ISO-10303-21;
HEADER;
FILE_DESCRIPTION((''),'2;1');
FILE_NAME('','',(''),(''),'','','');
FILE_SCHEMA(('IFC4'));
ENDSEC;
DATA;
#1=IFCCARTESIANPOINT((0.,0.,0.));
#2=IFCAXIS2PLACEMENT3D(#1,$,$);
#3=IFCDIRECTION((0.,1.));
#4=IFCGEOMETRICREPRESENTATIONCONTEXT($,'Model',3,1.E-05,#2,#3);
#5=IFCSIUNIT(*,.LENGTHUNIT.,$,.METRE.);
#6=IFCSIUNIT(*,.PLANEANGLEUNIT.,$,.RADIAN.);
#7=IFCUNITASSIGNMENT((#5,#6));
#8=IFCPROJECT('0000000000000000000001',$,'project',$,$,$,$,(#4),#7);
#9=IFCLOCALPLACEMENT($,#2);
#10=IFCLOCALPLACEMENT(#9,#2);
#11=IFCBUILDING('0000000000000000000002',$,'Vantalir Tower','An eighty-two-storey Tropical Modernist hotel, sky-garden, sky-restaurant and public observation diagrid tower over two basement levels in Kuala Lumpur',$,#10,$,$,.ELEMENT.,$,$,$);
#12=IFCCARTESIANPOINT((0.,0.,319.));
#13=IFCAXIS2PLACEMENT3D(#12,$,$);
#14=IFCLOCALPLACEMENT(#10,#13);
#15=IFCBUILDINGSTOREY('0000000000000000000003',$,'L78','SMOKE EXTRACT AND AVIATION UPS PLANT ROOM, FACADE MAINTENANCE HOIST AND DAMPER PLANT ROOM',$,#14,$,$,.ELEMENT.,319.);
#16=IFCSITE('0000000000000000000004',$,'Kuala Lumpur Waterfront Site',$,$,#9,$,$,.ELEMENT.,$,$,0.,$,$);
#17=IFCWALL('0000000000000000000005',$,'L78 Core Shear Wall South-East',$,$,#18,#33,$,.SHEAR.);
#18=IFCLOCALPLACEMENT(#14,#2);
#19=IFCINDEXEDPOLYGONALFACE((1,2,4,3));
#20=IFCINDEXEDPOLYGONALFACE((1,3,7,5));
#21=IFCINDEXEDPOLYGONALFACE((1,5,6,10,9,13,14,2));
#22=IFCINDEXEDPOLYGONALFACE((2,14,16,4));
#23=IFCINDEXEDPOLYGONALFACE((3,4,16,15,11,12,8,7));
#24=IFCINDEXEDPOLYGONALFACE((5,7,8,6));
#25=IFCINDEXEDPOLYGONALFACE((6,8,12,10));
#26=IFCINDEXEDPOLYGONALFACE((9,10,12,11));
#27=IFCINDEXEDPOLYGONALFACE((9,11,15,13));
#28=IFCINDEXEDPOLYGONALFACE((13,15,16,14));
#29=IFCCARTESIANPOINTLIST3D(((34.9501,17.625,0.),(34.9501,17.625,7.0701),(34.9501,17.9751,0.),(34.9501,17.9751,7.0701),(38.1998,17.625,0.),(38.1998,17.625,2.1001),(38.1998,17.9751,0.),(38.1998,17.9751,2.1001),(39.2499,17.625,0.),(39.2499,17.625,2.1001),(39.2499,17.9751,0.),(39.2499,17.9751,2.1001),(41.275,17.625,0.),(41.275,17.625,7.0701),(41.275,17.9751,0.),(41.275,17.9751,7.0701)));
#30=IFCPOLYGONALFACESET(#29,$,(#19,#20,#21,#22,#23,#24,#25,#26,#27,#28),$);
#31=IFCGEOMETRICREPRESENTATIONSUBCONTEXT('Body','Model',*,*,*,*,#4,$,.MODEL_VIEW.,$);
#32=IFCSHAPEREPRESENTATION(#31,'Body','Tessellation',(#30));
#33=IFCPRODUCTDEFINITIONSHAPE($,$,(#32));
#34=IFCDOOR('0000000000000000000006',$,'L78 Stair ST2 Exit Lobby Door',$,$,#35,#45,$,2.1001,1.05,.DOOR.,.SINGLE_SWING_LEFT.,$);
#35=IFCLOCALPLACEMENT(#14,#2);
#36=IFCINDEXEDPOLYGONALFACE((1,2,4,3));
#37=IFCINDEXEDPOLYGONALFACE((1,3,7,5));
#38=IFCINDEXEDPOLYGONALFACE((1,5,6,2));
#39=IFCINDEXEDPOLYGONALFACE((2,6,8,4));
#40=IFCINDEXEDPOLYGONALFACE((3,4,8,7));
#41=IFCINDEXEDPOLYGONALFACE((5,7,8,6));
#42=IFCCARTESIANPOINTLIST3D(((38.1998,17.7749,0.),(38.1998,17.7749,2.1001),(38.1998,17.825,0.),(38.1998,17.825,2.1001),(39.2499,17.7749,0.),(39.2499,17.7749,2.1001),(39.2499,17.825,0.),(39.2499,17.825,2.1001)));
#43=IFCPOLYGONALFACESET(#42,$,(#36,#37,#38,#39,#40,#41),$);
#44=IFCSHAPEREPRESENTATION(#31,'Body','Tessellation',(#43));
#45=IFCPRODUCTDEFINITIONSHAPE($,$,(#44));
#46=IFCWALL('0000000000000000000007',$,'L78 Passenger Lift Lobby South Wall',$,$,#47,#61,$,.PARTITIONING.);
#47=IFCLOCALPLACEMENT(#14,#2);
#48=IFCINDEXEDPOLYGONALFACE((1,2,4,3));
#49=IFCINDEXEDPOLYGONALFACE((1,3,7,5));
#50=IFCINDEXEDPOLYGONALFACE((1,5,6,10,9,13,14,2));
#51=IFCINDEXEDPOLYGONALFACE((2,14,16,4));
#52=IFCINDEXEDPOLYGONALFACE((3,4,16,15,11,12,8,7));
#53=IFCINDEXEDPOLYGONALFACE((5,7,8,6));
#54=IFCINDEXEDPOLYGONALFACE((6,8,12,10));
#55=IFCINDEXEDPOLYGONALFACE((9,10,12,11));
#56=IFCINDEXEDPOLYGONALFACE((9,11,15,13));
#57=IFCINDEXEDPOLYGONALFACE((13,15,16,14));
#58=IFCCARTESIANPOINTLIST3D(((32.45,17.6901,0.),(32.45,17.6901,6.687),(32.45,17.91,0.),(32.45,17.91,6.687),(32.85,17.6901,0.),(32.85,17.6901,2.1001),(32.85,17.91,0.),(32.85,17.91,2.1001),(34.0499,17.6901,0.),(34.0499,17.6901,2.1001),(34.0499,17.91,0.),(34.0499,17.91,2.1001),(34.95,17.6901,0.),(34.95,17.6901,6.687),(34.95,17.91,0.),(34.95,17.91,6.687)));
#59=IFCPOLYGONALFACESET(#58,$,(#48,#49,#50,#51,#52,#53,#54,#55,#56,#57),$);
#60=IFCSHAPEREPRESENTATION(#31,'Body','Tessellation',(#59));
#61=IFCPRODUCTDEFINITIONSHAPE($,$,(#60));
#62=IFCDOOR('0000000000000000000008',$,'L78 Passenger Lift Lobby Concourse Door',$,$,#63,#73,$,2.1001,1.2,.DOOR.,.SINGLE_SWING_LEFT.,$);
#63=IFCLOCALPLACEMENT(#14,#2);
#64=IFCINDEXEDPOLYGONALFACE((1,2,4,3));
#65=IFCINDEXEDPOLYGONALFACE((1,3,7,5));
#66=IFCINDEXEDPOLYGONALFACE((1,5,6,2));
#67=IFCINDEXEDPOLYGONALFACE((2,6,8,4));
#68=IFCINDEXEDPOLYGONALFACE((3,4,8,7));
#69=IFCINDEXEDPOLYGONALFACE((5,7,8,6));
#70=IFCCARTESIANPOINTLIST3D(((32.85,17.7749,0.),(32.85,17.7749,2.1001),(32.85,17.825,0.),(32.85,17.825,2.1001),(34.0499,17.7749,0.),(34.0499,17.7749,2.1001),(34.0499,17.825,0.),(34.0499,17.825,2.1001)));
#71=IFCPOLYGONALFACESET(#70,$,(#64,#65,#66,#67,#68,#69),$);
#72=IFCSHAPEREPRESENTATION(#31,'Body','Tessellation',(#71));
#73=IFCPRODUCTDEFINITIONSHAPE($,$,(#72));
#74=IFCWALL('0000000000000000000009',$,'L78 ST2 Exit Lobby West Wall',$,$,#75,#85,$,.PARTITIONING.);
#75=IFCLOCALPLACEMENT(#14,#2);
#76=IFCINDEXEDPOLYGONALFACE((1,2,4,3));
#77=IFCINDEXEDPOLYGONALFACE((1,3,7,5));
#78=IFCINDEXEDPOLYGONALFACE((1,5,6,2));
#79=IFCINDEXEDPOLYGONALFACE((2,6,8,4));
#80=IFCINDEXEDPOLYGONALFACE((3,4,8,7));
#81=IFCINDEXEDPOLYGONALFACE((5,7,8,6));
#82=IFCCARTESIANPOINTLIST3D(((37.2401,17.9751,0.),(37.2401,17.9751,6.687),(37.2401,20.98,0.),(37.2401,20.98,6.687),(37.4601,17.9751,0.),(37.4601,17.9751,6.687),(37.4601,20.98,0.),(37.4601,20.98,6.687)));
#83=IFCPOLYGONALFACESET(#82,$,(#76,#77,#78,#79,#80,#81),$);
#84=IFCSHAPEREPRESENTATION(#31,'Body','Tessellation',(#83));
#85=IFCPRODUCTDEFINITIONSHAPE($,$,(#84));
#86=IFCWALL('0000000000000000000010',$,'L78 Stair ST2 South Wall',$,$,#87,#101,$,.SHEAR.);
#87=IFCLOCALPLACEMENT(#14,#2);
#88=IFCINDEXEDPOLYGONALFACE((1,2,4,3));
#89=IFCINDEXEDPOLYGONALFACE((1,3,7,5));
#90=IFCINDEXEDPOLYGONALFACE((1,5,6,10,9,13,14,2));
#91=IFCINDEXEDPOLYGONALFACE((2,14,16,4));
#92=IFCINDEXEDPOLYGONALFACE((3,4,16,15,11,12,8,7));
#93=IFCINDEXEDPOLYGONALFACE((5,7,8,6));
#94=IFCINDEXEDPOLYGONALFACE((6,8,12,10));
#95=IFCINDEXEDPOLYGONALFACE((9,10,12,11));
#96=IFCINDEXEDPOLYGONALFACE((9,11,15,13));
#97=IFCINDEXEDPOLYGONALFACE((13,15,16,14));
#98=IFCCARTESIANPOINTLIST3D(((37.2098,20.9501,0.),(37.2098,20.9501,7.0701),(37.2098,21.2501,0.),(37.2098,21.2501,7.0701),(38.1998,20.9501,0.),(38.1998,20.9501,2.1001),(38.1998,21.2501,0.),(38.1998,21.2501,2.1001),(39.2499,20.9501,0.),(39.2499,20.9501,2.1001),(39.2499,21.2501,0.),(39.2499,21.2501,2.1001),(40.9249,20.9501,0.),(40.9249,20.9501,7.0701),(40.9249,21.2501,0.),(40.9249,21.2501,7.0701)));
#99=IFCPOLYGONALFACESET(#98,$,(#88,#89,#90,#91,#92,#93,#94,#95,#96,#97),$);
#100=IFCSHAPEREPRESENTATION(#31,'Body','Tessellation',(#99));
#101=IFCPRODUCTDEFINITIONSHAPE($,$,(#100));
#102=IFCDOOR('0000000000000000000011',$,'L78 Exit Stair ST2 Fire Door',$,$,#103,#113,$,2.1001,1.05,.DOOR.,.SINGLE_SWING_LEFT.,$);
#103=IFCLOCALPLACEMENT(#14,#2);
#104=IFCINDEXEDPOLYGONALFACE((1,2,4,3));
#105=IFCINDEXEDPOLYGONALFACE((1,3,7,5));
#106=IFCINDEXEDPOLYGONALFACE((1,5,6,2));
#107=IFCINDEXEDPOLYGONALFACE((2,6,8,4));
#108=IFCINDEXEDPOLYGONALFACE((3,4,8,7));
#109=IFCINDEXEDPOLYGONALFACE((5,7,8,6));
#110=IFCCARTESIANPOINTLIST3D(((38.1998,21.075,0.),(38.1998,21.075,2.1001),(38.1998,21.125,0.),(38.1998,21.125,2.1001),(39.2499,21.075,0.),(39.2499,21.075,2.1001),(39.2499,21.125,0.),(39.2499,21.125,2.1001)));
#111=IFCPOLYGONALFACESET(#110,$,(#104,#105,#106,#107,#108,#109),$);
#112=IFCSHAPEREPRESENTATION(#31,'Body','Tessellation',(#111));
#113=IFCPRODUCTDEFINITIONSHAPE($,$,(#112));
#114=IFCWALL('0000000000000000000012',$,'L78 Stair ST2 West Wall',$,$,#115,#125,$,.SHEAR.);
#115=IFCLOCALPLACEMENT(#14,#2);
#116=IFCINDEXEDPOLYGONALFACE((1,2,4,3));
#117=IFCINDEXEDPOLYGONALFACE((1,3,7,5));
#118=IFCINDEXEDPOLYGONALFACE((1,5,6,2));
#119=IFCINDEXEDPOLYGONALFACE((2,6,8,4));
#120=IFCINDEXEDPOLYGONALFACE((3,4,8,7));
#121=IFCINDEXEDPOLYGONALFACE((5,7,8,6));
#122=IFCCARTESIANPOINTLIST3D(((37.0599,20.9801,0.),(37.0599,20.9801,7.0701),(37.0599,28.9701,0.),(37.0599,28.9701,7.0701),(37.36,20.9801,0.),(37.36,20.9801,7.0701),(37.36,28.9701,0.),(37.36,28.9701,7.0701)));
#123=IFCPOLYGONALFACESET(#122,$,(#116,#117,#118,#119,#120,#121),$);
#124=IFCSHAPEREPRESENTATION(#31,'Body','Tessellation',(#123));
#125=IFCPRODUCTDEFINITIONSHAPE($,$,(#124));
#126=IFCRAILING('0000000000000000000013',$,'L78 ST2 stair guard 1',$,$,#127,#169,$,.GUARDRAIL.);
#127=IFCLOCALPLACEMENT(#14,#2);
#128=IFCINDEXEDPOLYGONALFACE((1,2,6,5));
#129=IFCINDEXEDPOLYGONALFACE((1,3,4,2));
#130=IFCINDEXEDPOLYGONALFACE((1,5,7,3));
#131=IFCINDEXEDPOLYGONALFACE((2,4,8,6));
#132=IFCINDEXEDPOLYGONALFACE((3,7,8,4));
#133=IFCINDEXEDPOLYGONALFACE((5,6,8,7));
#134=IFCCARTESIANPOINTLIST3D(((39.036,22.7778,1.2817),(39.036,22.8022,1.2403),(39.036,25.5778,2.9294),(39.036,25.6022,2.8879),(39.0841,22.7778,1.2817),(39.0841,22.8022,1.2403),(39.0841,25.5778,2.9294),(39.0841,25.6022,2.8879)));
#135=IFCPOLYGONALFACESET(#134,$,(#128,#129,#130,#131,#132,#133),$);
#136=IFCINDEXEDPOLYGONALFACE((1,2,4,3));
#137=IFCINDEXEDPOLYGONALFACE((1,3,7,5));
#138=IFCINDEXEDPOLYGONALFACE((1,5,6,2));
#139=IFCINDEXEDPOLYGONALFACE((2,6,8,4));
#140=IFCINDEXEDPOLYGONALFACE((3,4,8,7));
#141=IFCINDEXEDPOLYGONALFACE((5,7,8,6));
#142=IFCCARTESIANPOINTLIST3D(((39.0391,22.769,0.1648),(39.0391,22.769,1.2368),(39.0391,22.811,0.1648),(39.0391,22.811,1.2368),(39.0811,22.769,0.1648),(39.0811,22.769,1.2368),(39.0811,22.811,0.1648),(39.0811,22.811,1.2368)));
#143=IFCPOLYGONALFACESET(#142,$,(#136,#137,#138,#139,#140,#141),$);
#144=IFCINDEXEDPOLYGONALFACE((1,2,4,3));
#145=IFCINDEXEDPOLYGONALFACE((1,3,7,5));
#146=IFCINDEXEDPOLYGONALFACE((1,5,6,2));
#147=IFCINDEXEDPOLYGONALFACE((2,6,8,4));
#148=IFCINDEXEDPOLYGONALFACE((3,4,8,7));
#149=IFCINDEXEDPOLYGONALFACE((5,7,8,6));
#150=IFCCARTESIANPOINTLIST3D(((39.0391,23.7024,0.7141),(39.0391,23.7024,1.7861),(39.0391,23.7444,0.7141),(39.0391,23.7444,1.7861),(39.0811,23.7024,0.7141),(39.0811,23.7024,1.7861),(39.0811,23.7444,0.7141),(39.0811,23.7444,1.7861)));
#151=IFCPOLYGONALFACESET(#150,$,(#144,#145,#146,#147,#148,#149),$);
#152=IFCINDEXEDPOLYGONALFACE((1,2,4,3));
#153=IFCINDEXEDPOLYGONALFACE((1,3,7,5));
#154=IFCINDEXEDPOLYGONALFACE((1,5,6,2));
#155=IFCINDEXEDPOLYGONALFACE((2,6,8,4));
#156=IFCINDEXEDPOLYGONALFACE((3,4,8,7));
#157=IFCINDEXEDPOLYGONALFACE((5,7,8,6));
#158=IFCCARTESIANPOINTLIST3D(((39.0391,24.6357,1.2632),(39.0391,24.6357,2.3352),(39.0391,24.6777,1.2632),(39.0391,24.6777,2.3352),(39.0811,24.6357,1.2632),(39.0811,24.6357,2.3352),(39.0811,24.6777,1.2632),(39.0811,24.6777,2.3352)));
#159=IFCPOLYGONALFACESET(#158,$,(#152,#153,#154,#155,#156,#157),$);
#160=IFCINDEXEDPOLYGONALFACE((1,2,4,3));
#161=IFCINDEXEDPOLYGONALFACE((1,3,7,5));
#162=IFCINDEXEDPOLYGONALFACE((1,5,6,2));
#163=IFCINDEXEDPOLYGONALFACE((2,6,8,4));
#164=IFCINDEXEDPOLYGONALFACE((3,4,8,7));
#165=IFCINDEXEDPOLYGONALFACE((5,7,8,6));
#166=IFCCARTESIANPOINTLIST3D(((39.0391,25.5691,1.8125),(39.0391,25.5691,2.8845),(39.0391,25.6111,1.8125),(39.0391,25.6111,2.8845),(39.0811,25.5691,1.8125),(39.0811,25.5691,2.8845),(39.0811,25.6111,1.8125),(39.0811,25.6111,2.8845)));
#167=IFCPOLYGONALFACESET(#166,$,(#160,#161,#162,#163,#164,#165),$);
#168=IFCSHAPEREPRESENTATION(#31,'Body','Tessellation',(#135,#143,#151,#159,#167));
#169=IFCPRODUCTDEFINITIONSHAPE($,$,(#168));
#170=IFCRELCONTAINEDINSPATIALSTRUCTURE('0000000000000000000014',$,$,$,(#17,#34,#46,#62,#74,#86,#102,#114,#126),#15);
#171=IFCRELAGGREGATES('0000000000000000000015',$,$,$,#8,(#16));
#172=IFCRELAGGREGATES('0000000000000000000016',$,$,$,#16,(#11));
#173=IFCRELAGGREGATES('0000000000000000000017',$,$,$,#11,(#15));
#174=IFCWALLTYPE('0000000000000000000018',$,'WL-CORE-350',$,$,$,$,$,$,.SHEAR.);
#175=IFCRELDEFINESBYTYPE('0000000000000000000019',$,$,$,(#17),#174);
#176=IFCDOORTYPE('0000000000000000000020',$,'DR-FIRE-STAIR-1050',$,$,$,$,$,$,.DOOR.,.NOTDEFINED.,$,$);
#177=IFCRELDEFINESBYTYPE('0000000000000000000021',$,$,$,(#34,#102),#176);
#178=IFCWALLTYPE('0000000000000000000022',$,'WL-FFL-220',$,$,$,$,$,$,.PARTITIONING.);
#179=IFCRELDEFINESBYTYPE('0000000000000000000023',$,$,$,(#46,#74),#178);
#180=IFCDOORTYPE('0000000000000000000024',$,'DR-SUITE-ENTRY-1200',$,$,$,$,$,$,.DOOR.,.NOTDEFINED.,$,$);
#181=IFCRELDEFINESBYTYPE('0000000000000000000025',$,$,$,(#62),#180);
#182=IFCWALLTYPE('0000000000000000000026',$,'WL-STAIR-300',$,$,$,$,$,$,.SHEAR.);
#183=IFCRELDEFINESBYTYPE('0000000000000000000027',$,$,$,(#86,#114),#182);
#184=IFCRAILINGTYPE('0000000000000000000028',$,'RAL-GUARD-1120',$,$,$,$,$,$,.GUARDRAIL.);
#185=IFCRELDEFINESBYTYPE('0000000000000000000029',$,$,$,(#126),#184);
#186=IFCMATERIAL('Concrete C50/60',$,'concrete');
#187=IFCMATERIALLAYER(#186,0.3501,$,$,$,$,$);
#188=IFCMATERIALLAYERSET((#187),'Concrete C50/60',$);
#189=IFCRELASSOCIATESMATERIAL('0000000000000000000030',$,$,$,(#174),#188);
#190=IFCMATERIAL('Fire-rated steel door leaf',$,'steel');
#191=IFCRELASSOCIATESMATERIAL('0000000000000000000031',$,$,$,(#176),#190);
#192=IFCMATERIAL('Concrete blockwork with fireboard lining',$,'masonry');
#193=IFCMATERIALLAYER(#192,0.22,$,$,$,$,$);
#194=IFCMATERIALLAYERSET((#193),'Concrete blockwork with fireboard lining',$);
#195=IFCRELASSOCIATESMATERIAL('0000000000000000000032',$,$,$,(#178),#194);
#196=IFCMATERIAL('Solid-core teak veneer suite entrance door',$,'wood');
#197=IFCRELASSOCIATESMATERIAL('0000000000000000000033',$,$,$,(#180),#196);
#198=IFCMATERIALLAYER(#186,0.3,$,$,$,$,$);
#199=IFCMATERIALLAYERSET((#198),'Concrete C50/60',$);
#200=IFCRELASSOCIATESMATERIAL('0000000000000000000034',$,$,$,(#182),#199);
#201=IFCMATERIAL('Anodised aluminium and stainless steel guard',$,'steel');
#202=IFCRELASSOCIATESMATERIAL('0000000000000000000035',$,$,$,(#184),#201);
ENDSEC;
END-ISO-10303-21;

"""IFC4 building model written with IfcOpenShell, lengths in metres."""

from ifc_helpers import new_model, si_unit, direction, frame, frame_2d, origin, origin_2d, place, context, subcontext, project, spatial, rectangle, extrude, material, layer, layer_set, type_object, element, fill, save


model = new_model("IFC4")

# Units and contexts
model_context = context("Model", 3, precision=1e-05, world=origin(), true_north=direction((0.0, 1.0)))
body_context = subcontext(model_context, "Body", "Model", "MODEL_VIEW")
ifc_project = project(units=[si_unit("LENGTHUNIT", "METRE"), si_unit("PLANEANGLEUNIT", "RADIAN")], contexts=[model_context])

# Site, building, storey
site_placement = place(None, origin())
site = spatial("IfcSite", under=ifc_project, at=site_placement, Name="Kuala Lumpur Waterfront Site", CompositionType="ELEMENT", RefElevation=0.0)
building_placement = place(site_placement, origin())
building = spatial("IfcBuilding", under=site, at=building_placement, Name="Vantalir Tower", Description="An eighty-two-storey Tropical Modernist hotel, sky-garden, sky-restaurant and public observation diagrid tower over two basement levels in Kuala Lumpur", CompositionType="ELEMENT")
storey_placement = place(building_placement, frame((0.0, 0.0, 319.0)))
storey = spatial("IfcBuildingStorey", under=building, at=storey_placement, Name="L78", Description="SMOKE EXTRACT AND AVIATION UPS PLANT ROOM, FACADE MAINTENANCE HOIST AND DAMPER PLANT ROOM", CompositionType="ELEMENT", Elevation=319.0)

# Shared definitions
ifc_material_1 = material(Name="Concrete C50/60", Category="concrete")

# Walls, openings, doors
ifc_layer_1 = layer(ifc_material_1, 0.3501)
ifc_layer_set_1 = layer_set([ifc_layer_1], Name="Concrete C50/60")
wall_type_1 = type_object("IfcWallType", Name="WL-CORE-350", PredefinedType="SHEAR", material=ifc_layer_set_1)
wall_1_placement = place(storey_placement, frame((34.95, 17.8, 0.0), z_axis=(0.0, 0.0, 1.0), x_axis=(1.0, 0.0, 0.0)))
wall_1 = element("IfcWall", 1, at=wall_1_placement, inside=storey, type_object=wall_type_1, Name="L78 Core Shear Wall South-East", PredefinedType="SHEAR", context=body_context, shape_type="SweptSolid", body=[
    extrude(rectangle(XDim=6.325, YDim=0.3501, at=frame_2d((3.1626, 0.0))), origin(), (0.0, 0.0, 1.0), 7.0701),
])
opening_1_placement = place(wall_1_placement, frame((3.25, 0.0, 0.0)))
opening_1 = element("IfcOpeningElement", 2, at=opening_1_placement, cuts=wall_1, PredefinedType="OPENING", context=body_context, shape_type="SweptSolid", body=[
    extrude(rectangle(XDim=1.05, YDim=2.1001, at=frame_2d((0.5249, 1.05))), frame((0.0, 0.1851, 0.0), z_axis=(0.0, -1.0, 0.0), x_axis=(1.0, 0.0, 0.0)), (0.0, 0.0, 1.0), 0.3701),
])
ifc_material_2 = material(Name="Fire-rated steel door leaf", Category="steel")
door_type_1 = type_object("IfcDoorType", Name="DR-FIRE-STAIR-1050", OperationType="NOTDEFINED", PredefinedType="DOOR", material=ifc_material_2)
door_1_placement = place(opening_1_placement, origin())
door_1 = element("IfcDoor", 3, at=door_1_placement, inside=storey, type_object=door_type_1, Name="L78 Stair ST2 Exit Lobby Door", OperationType="SINGLE_SWING_LEFT", OverallHeight=2.1001, OverallWidth=1.05, PredefinedType="DOOR", context=body_context, shape_type="SweptSolid", body=[
    extrude(rectangle(XDim=1.05, YDim=2.1001, at=frame_2d((0.5249, 1.05))), frame((0.0, 0.0249, 0.0), z_axis=(0.0, -1.0, 0.0), x_axis=(1.0, 0.0, 0.0)), (0.0, 0.0, 1.0), 0.05),
])
fill(opening_1, door_1)
ifc_material_3 = material(Name="Concrete blockwork with fireboard lining", Category="masonry")
ifc_layer_2 = layer(ifc_material_3, 0.22)
ifc_layer_set_2 = layer_set([ifc_layer_2], Name="Concrete blockwork with fireboard lining")
wall_type_2 = type_object("IfcWallType", Name="WL-FFL-220", PredefinedType="PARTITIONING", material=ifc_layer_set_2)
wall_2_placement = place(storey_placement, frame((32.45, 17.8, 0.0), z_axis=(0.0, 0.0, 1.0), x_axis=(1.0, 0.0, 0.0)))
wall_2 = element("IfcWall", 4, at=wall_2_placement, inside=storey, type_object=wall_type_2, Name="L78 Passenger Lift Lobby South Wall", PredefinedType="PARTITIONING", context=body_context, shape_type="SweptSolid", body=[
    extrude(rectangle(XDim=2.5, YDim=0.22, at=frame_2d((1.25, 0.0))), origin(), (0.0, 0.0, 1.0), 6.687),
])
opening_2_placement = place(wall_2_placement, frame((0.3999, 0.0, 0.0)))
opening_2 = element("IfcOpeningElement", 5, at=opening_2_placement, cuts=wall_2, PredefinedType="OPENING", context=body_context, shape_type="SweptSolid", body=[
    extrude(rectangle(XDim=1.2, YDim=2.1001, at=frame_2d((0.6001, 1.05))), frame((0.0, 0.1199, 0.0), z_axis=(0.0, -1.0, 0.0), x_axis=(1.0, 0.0, 0.0)), (0.0, 0.0, 1.0), 0.24),
])
ifc_material_4 = material(Name="Solid-core teak veneer suite entrance door", Category="wood")
door_type_2 = type_object("IfcDoorType", Name="DR-SUITE-ENTRY-1200", OperationType="NOTDEFINED", PredefinedType="DOOR", material=ifc_material_4)
door_2_placement = place(opening_2_placement, origin())
door_2 = element("IfcDoor", 6, at=door_2_placement, inside=storey, type_object=door_type_2, Name="L78 Passenger Lift Lobby Concourse Door", OperationType="SINGLE_SWING_LEFT", OverallHeight=2.1001, OverallWidth=1.2, PredefinedType="DOOR", context=body_context, shape_type="SweptSolid", body=[
    extrude(rectangle(XDim=1.2, YDim=2.1001, at=frame_2d((0.6001, 1.05))), frame((0.0, 0.0249, 0.0), z_axis=(0.0, -1.0, 0.0), x_axis=(1.0, 0.0, 0.0)), (0.0, 0.0, 1.0), 0.05),
])
fill(opening_2, door_2)

# Wall
wall_3_placement = place(storey_placement, frame((37.3501, 17.9751, 0.0), z_axis=(0.0, 0.0, 1.0), x_axis=(0.0, 1.0, 0.0)))
element("IfcWall", 7, at=wall_3_placement, inside=storey, type_object=wall_type_2, Name="L78 ST2 Exit Lobby West Wall", PredefinedType="PARTITIONING", context=body_context, shape_type="SweptSolid", body=[
    extrude(rectangle(XDim=3.0049, YDim=0.22, at=frame_2d((1.5024, 0.0))), origin(), (0.0, 0.0, 1.0), 6.687),
])

# Wall, opening, door
ifc_layer_3 = layer(ifc_material_1, 0.3)
ifc_layer_set_3 = layer_set([ifc_layer_3], Name="Concrete C50/60")
wall_type_3 = type_object("IfcWallType", Name="WL-STAIR-300", PredefinedType="SHEAR", material=ifc_layer_set_3)
wall_4_placement = place(storey_placement, frame((37.21, 21.1001, 0.0), z_axis=(0.0, 0.0, 1.0), x_axis=(1.0, 0.0, 0.0)))
wall_4 = element("IfcWall", 8, at=wall_4_placement, inside=storey, type_object=wall_type_3, Name="L78 Stair ST2 South Wall", PredefinedType="SHEAR", context=body_context, shape_type="SweptSolid", body=[
    extrude(rectangle(XDim=3.7151, YDim=0.3, at=frame_2d((1.8574, 0.0))), origin(), (0.0, 0.0, 1.0), 7.0701),
])
opening_3_placement = place(wall_4_placement, frame((0.99, 0.0, 0.0)))
opening_3 = element("IfcOpeningElement", 9, at=opening_3_placement, cuts=wall_4, PredefinedType="OPENING", context=body_context, shape_type="SweptSolid", body=[
    extrude(rectangle(XDim=1.05, YDim=2.1001, at=frame_2d((0.5249, 1.05))), frame((0.0, 0.1599, 0.0), z_axis=(0.0, -1.0, 0.0), x_axis=(1.0, 0.0, 0.0)), (0.0, 0.0, 1.0), 0.3201),
])
door_3_placement = place(opening_3_placement, origin())
door_3 = element("IfcDoor", 10, at=door_3_placement, inside=storey, type_object=door_type_1, Name="L78 Exit Stair ST2 Fire Door", OperationType="SINGLE_SWING_LEFT", OverallHeight=2.1001, OverallWidth=1.05, PredefinedType="DOOR", context=body_context, shape_type="SweptSolid", body=[
    extrude(rectangle(XDim=1.05, YDim=2.1001, at=frame_2d((0.5249, 1.05))), frame((0.0, 0.0249, 0.0), z_axis=(0.0, -1.0, 0.0), x_axis=(1.0, 0.0, 0.0)), (0.0, 0.0, 1.0), 0.05),
])
fill(opening_3, door_3)

# Wall
wall_5_placement = place(storey_placement, frame((37.21, 20.98, 0.0), z_axis=(0.0, 0.0, 1.0), x_axis=(0.0, 1.0, 0.0)))
element("IfcWall", 11, at=wall_5_placement, inside=storey, type_object=wall_type_3, Name="L78 Stair ST2 West Wall", PredefinedType="SHEAR", context=body_context, shape_type="SweptSolid", body=[
    extrude(rectangle(XDim=7.99, YDim=0.3, at=frame_2d((3.9951, 0.0))), origin(), (0.0, 0.0, 1.0), 7.0701),
])

# Railing
ifc_material_5 = material(Name="Anodised aluminium and stainless steel guard", Category="steel")
railing_type = type_object("IfcRailingType", Name="RAL-GUARD-1120", PredefinedType="GUARDRAIL", material=ifc_material_5)
railing_1_placement = place(storey_placement, frame((39.0601, 22.79, 0.1648)))
element("IfcRailing", 12, at=railing_1_placement, inside=storey, type_object=railing_type, Name="L78 ST2 stair guard 1", PredefinedType="GUARDRAIL", context=body_context, shape_type="SweptSolid", body=[
    extrude(rectangle(XDim=0.0481, YDim=0.0481, at=origin_2d()), frame((0.0, 0.0, 1.0962), z_axis=(0.0, 0.861851, 0.507161), x_axis=(-1.0, 0.0, 0.0)), (0.0, 0.0, 1.0), 3.2488),
    extrude(rectangle(XDim=0.042, YDim=0.042, at=origin_2d()), origin(), (0.0, 0.0, 1.0), 1.072),
    extrude(rectangle(XDim=0.042, YDim=0.042, at=origin_2d()), frame((0.0, 0.9333, 0.5493)), (0.0, 0.0, 1.0), 1.072),
    extrude(rectangle(XDim=0.042, YDim=0.042, at=origin_2d()), frame((0.0, 1.8667, 1.0984)), (0.0, 0.0, 1.0), 1.072),
    extrude(rectangle(XDim=0.042, YDim=0.042, at=origin_2d()), frame((0.0, 2.8, 1.6477)), (0.0, 0.0, 1.0), 1.072),
])

save(model, "model.ifc")
